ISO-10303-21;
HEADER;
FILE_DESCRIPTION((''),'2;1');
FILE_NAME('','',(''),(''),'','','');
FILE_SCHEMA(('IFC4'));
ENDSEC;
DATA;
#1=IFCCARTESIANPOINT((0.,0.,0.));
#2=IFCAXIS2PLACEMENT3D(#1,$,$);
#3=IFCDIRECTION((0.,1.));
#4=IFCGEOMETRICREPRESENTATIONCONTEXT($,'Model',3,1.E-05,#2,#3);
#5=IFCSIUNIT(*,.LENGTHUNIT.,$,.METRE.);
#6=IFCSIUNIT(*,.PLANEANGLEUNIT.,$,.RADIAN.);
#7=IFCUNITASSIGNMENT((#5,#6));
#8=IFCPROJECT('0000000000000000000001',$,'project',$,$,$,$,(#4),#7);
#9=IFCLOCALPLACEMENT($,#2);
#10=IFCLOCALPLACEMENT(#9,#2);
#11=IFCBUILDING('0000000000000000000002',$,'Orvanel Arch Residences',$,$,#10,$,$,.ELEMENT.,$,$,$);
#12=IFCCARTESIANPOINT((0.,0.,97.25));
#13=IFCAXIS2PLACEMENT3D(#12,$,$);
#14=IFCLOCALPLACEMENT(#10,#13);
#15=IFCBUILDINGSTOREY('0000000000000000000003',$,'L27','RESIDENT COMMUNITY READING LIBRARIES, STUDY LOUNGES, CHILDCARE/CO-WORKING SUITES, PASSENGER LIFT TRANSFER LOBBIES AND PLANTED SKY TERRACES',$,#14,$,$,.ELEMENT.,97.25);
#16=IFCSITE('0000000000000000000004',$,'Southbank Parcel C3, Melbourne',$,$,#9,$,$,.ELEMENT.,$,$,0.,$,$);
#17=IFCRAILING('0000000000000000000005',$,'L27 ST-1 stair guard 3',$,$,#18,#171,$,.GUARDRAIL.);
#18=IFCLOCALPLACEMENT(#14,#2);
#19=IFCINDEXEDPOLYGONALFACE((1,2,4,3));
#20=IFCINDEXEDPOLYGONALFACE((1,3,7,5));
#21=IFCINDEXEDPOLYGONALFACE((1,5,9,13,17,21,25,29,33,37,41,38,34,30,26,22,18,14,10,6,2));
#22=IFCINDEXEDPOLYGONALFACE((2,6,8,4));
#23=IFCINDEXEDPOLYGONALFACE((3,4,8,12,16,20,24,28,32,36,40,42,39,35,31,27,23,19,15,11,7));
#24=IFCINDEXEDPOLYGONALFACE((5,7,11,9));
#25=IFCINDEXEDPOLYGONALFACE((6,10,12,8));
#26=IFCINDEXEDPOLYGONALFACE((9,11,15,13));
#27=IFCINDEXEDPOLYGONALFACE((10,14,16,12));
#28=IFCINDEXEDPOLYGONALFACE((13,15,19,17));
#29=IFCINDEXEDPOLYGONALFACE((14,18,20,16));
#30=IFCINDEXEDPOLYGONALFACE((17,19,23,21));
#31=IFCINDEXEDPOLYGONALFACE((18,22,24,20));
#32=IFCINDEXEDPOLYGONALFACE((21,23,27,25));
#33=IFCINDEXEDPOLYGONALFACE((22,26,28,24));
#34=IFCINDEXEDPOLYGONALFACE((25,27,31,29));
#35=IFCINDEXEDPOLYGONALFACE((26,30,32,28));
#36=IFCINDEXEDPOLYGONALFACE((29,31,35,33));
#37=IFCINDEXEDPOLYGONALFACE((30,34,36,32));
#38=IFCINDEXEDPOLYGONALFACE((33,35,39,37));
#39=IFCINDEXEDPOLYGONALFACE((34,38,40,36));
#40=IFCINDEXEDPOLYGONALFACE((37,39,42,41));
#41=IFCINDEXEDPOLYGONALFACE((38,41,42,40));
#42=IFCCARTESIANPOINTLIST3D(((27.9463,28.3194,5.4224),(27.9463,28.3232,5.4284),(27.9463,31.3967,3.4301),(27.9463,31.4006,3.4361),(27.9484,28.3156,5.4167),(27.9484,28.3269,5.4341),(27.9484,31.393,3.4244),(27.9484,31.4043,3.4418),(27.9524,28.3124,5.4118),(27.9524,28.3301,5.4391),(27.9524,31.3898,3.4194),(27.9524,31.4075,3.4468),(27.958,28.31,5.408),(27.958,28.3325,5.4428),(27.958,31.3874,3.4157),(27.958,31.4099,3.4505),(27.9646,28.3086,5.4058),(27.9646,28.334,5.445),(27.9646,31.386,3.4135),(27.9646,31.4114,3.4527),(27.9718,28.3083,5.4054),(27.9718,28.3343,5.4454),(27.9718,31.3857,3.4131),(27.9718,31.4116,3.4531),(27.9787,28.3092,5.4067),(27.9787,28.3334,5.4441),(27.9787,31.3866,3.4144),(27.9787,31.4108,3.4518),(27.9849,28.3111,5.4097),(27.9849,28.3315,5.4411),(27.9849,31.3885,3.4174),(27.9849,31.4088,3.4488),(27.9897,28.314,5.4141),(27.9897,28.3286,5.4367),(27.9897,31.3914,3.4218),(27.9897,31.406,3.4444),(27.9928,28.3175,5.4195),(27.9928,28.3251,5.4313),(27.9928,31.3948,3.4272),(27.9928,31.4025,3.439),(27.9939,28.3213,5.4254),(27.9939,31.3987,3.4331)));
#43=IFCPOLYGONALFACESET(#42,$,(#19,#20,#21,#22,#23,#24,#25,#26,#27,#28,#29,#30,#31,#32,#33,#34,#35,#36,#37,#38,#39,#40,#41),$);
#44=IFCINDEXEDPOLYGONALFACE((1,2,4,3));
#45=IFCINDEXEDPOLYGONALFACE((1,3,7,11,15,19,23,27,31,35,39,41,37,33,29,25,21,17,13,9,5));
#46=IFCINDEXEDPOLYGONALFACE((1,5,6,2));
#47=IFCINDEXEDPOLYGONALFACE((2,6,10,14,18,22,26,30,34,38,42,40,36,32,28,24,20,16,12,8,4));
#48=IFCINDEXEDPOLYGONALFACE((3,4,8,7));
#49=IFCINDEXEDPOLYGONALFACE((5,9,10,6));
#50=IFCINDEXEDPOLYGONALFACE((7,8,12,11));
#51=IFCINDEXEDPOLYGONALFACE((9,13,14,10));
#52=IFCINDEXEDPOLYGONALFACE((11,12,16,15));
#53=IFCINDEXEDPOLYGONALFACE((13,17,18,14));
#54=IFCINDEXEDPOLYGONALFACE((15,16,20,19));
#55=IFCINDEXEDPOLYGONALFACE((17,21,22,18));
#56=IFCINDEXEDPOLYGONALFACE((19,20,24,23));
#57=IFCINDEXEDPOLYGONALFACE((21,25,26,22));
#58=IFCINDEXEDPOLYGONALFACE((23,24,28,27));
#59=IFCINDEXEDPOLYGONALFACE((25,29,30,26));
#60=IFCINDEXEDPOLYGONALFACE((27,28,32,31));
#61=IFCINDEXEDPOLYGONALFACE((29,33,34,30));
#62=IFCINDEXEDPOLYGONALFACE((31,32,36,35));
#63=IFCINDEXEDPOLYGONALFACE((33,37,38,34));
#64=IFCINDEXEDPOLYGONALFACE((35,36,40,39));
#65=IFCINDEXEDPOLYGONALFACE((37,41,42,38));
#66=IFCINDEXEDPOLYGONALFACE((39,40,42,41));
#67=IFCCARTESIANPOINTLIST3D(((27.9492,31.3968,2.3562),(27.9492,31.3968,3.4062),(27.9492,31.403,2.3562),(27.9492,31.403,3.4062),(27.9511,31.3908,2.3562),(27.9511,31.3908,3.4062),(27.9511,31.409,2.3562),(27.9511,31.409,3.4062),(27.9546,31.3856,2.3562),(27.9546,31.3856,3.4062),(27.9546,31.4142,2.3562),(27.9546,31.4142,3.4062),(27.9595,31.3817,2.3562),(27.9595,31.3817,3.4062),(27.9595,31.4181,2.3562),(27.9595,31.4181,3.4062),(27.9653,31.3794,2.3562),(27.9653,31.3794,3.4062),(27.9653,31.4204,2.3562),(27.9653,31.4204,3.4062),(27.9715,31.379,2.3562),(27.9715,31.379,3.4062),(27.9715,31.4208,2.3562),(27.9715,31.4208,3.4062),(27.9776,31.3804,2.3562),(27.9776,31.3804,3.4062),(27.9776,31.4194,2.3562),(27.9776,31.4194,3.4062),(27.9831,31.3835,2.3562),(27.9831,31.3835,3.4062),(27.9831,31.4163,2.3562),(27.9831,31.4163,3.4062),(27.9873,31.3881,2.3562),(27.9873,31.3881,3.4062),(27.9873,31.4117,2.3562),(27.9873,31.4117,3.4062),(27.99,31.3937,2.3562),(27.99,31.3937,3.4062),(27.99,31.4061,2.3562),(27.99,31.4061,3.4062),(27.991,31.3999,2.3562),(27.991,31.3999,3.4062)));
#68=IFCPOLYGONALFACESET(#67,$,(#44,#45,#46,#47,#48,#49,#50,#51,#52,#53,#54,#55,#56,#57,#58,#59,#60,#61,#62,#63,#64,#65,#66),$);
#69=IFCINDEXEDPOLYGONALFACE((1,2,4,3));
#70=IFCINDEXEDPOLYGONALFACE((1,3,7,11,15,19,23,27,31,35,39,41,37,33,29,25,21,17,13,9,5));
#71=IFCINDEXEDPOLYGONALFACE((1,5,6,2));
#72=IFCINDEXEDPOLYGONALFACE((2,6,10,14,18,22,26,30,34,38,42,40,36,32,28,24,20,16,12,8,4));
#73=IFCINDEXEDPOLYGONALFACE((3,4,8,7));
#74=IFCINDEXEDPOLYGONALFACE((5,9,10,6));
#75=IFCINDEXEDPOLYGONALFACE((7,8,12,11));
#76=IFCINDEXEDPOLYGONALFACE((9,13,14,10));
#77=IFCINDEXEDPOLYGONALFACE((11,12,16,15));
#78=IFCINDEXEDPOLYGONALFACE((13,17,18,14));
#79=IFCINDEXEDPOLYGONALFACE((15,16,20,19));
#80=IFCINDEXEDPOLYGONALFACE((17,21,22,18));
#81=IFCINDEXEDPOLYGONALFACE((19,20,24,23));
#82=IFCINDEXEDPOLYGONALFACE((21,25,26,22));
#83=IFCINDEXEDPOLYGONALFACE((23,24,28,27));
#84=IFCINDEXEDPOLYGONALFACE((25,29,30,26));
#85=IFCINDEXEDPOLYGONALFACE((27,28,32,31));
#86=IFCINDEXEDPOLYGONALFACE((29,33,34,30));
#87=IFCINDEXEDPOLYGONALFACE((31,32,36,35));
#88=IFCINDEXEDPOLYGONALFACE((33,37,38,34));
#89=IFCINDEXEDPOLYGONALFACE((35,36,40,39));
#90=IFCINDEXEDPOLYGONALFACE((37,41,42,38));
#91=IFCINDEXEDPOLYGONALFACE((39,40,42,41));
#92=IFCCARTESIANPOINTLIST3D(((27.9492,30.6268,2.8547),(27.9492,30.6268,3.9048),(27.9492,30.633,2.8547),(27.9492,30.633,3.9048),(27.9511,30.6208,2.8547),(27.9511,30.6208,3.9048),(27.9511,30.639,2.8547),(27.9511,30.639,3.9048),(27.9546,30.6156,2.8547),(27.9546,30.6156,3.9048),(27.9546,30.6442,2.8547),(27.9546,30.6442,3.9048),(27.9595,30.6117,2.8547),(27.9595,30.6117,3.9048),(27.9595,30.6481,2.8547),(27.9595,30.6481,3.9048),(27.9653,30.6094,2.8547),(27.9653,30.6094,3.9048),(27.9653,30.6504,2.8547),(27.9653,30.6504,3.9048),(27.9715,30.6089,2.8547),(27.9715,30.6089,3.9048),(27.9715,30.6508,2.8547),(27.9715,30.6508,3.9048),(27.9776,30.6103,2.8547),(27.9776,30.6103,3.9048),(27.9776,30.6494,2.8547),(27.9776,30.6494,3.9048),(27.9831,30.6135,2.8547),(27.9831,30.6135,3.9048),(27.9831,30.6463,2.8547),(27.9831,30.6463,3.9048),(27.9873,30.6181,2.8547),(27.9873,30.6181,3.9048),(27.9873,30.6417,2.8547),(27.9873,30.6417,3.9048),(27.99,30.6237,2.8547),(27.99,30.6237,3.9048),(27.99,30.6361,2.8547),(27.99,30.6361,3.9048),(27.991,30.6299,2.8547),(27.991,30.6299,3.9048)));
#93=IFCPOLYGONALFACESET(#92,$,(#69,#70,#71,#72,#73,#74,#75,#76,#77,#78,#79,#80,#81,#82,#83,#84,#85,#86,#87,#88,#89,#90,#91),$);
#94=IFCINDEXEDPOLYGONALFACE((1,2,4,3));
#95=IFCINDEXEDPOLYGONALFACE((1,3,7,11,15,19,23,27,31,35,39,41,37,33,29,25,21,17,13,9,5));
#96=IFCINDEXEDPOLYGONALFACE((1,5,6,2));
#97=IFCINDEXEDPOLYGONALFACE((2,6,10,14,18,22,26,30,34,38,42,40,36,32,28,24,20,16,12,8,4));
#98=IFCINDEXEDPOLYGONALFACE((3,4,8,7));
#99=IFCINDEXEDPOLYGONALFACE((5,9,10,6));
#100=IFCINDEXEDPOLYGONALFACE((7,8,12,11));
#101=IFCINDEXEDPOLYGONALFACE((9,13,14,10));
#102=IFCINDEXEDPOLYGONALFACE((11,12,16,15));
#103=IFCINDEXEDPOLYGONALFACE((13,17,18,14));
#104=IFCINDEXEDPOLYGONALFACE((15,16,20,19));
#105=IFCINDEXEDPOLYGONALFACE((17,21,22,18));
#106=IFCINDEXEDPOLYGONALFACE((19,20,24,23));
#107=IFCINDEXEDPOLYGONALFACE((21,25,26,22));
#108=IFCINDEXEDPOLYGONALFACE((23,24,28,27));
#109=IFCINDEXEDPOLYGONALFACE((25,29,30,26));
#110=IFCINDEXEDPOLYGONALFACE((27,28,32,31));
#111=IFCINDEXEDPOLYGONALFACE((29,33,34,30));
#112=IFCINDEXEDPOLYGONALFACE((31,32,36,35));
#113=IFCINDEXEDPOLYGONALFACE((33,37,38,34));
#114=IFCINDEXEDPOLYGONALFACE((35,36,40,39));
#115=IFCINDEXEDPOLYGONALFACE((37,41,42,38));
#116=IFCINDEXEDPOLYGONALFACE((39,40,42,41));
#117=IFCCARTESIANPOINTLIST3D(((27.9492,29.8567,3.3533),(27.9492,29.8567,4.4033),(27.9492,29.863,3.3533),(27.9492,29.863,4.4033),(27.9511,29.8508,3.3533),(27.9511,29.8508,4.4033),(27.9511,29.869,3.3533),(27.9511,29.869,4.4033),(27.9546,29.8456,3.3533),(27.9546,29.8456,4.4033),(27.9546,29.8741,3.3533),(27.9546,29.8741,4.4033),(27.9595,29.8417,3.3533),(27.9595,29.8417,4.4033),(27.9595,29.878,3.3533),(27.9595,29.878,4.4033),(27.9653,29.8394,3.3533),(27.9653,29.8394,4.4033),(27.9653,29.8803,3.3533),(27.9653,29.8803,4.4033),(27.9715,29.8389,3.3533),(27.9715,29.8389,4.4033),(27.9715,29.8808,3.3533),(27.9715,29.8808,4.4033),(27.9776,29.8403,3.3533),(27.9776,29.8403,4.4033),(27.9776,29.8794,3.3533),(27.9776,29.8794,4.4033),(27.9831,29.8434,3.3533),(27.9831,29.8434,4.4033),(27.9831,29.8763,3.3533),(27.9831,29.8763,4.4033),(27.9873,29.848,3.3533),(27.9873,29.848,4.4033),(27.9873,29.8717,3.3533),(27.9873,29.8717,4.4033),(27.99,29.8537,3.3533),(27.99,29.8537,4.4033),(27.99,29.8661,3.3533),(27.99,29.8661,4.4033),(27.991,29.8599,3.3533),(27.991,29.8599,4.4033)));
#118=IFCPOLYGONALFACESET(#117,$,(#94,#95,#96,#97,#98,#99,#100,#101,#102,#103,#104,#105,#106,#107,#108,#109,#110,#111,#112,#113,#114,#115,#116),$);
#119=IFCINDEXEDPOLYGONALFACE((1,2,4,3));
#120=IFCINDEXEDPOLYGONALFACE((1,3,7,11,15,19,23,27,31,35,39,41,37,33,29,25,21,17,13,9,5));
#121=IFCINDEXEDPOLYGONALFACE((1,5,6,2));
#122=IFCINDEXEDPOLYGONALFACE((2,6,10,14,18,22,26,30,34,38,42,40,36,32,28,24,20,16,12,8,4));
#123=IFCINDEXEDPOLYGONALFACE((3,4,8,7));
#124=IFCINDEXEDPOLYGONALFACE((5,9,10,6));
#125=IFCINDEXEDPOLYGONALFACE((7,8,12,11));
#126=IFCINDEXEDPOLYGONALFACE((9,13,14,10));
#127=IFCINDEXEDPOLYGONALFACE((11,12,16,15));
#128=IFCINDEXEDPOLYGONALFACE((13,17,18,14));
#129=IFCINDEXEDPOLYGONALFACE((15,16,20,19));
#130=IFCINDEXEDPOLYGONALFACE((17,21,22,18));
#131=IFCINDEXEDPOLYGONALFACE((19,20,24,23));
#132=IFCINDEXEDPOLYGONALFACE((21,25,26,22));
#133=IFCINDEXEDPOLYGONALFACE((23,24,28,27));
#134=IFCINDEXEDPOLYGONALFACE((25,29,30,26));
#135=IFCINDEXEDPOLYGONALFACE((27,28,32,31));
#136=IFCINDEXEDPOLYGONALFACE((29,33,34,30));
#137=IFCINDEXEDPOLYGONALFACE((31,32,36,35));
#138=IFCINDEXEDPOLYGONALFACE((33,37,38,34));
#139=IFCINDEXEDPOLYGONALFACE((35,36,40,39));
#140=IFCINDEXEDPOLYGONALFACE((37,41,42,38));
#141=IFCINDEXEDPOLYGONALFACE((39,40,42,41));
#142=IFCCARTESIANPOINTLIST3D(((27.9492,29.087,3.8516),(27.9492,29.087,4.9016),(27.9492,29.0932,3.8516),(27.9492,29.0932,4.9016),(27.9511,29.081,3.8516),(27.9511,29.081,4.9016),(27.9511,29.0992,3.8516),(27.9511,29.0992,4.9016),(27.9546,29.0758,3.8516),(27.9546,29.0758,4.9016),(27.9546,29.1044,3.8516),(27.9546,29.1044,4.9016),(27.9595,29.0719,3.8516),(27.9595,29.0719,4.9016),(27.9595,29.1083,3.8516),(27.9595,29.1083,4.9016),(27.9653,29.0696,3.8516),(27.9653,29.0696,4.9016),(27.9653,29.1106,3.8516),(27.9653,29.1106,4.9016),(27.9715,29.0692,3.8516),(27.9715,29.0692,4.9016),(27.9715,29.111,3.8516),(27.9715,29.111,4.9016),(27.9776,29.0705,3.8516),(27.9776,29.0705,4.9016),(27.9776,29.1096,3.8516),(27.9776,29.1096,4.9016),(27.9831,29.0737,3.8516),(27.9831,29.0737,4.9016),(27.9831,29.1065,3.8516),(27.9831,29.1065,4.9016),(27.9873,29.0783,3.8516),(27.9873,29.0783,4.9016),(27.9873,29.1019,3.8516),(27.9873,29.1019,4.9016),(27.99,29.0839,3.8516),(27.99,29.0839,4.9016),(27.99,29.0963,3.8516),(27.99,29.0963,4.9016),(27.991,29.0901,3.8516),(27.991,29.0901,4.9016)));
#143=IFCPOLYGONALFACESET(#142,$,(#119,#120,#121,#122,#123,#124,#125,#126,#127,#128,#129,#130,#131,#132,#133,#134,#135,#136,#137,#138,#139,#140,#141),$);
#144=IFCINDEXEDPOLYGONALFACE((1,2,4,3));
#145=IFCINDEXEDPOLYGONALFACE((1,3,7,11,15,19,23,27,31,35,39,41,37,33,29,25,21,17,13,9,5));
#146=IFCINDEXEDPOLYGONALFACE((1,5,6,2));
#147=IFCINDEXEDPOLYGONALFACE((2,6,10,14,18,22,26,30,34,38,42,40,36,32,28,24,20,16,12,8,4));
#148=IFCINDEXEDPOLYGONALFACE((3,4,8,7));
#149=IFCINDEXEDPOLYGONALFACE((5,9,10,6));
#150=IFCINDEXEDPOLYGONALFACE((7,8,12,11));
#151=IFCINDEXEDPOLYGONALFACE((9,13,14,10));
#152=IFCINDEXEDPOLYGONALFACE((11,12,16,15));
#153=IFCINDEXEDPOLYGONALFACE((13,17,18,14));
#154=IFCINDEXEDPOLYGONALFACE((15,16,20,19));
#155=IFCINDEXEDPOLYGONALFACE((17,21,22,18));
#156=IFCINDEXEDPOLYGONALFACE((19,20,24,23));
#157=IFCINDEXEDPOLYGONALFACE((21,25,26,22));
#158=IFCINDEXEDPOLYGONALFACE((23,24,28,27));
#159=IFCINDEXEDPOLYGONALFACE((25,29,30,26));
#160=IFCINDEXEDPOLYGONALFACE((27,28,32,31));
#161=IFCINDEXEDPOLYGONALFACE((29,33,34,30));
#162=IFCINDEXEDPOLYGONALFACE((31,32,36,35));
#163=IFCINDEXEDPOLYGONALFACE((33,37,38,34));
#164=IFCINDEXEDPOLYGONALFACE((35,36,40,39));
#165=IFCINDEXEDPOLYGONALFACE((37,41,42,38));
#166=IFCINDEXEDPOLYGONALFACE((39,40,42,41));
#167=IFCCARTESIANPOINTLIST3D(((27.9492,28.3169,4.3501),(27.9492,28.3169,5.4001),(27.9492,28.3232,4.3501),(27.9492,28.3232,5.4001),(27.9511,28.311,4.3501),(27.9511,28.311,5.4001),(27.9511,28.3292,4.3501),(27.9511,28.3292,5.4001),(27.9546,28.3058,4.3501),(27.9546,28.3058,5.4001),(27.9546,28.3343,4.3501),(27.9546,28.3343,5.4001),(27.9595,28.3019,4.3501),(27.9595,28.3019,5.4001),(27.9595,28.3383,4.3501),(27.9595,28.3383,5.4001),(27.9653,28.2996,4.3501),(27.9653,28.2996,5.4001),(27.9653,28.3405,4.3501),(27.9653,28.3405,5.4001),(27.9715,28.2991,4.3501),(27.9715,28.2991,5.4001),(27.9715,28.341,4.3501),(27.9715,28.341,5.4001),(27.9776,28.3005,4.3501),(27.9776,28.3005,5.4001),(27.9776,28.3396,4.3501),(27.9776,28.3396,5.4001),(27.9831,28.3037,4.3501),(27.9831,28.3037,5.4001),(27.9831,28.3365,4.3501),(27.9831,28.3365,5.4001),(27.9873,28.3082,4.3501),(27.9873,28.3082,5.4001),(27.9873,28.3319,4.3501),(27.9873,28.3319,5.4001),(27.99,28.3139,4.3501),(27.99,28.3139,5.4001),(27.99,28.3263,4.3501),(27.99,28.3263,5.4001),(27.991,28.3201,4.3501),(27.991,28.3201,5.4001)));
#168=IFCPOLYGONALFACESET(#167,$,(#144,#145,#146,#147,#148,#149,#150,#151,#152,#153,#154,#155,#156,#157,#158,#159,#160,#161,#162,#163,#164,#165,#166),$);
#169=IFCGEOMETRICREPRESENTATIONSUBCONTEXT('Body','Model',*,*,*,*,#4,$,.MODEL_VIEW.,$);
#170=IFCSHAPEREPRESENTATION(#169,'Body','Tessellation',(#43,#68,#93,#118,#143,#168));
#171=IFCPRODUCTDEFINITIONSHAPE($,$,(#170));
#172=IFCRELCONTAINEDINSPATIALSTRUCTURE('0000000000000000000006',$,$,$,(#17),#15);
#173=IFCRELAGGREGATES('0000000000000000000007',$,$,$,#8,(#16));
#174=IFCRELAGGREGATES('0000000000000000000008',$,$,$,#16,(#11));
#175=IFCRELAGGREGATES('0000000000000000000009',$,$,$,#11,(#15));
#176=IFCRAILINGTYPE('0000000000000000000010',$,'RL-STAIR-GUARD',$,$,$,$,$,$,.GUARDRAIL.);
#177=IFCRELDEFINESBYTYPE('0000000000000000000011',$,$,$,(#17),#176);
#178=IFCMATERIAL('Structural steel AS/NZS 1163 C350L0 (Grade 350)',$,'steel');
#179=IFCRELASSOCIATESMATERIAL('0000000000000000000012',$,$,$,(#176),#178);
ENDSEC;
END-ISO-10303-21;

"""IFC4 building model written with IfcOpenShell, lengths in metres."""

from ifc_helpers import new_model, si_unit, direction, frame, origin, origin_2d, place, context, subcontext, project, spatial, circle, extrude, material, type_object, element, save


model = new_model("IFC4")

# Units and contexts
model_context = context("Model", 3, precision=1e-05, world=origin(), true_north=direction((0.0, 1.0)))
body_context = subcontext(model_context, "Body", "Model", "MODEL_VIEW")
ifc_project = project(units=[si_unit("LENGTHUNIT", "METRE"), si_unit("PLANEANGLEUNIT", "RADIAN")], contexts=[model_context])

# Site, building, storey
site_placement = place(None, origin())
site = spatial("IfcSite", under=ifc_project, at=site_placement, Name="Southbank Parcel C3, Melbourne", CompositionType="ELEMENT", RefElevation=0.0)
building_placement = place(site_placement, origin())
building = spatial("IfcBuilding", under=site, at=building_placement, Name="Orvanel Arch Residences", CompositionType="ELEMENT")
storey_placement = place(building_placement, frame((0.0, 0.0, 97.25)))
storey = spatial("IfcBuildingStorey", under=building, at=storey_placement, Name="L27", Description="RESIDENT COMMUNITY READING LIBRARIES, STUDY LOUNGES, CHILDCARE/CO-WORKING SUITES, PASSENGER LIFT TRANSFER LOBBIES AND PLANTED SKY TERRACES", CompositionType="ELEMENT", Elevation=97.25)

# Railing
ifc_material_1 = material(Name="Structural steel AS/NZS 1163 C350L0 (Grade 350)", Category="steel")
railing_type_1 = type_object("IfcRailingType", Name="RL-STAIR-GUARD", PredefinedType="GUARDRAIL", material=ifc_material_1)
railing_1_placement = place(storey_placement, frame((27.97, 31.3999, 2.3562)))
element("IfcRailing", 1, at=railing_1_placement, inside=storey, type_object=railing_type_1, Name="L27 ST-1 stair guard 3", PredefinedType="GUARDRAIL", context=body_context, shape_type="SweptSolid", body=[
    extrude(circle(Radius=0.0239, at=origin_2d()), frame((0.0, -0.0012, 1.0769), z_axis=(0.0, -0.839438, 0.543455), x_axis=(1.0, 0.0, 0.0)), (0.0, 0.0, 1.0), 3.666),
    extrude(circle(Radius=0.021, at=origin_2d()), origin(), (0.0, 0.0, 1.0), 1.05),
    extrude(circle(Radius=0.021, at=origin_2d()), frame((0.0, -0.77, 0.4985)), (0.0, 0.0, 1.0), 1.05),
    extrude(circle(Radius=0.021, at=origin_2d()), frame((0.0, -1.54, 0.9971)), (0.0, 0.0, 1.0), 1.05),
    extrude(circle(Radius=0.021, at=origin_2d()), frame((0.0, -2.3098, 1.4954)), (0.0, 0.0, 1.0), 1.05),
    extrude(circle(Radius=0.021, at=origin_2d()), frame((0.0, -3.0798, 1.9939)), (0.0, 0.0, 1.0), 1.05),
])

save(model, "model.ifc")
